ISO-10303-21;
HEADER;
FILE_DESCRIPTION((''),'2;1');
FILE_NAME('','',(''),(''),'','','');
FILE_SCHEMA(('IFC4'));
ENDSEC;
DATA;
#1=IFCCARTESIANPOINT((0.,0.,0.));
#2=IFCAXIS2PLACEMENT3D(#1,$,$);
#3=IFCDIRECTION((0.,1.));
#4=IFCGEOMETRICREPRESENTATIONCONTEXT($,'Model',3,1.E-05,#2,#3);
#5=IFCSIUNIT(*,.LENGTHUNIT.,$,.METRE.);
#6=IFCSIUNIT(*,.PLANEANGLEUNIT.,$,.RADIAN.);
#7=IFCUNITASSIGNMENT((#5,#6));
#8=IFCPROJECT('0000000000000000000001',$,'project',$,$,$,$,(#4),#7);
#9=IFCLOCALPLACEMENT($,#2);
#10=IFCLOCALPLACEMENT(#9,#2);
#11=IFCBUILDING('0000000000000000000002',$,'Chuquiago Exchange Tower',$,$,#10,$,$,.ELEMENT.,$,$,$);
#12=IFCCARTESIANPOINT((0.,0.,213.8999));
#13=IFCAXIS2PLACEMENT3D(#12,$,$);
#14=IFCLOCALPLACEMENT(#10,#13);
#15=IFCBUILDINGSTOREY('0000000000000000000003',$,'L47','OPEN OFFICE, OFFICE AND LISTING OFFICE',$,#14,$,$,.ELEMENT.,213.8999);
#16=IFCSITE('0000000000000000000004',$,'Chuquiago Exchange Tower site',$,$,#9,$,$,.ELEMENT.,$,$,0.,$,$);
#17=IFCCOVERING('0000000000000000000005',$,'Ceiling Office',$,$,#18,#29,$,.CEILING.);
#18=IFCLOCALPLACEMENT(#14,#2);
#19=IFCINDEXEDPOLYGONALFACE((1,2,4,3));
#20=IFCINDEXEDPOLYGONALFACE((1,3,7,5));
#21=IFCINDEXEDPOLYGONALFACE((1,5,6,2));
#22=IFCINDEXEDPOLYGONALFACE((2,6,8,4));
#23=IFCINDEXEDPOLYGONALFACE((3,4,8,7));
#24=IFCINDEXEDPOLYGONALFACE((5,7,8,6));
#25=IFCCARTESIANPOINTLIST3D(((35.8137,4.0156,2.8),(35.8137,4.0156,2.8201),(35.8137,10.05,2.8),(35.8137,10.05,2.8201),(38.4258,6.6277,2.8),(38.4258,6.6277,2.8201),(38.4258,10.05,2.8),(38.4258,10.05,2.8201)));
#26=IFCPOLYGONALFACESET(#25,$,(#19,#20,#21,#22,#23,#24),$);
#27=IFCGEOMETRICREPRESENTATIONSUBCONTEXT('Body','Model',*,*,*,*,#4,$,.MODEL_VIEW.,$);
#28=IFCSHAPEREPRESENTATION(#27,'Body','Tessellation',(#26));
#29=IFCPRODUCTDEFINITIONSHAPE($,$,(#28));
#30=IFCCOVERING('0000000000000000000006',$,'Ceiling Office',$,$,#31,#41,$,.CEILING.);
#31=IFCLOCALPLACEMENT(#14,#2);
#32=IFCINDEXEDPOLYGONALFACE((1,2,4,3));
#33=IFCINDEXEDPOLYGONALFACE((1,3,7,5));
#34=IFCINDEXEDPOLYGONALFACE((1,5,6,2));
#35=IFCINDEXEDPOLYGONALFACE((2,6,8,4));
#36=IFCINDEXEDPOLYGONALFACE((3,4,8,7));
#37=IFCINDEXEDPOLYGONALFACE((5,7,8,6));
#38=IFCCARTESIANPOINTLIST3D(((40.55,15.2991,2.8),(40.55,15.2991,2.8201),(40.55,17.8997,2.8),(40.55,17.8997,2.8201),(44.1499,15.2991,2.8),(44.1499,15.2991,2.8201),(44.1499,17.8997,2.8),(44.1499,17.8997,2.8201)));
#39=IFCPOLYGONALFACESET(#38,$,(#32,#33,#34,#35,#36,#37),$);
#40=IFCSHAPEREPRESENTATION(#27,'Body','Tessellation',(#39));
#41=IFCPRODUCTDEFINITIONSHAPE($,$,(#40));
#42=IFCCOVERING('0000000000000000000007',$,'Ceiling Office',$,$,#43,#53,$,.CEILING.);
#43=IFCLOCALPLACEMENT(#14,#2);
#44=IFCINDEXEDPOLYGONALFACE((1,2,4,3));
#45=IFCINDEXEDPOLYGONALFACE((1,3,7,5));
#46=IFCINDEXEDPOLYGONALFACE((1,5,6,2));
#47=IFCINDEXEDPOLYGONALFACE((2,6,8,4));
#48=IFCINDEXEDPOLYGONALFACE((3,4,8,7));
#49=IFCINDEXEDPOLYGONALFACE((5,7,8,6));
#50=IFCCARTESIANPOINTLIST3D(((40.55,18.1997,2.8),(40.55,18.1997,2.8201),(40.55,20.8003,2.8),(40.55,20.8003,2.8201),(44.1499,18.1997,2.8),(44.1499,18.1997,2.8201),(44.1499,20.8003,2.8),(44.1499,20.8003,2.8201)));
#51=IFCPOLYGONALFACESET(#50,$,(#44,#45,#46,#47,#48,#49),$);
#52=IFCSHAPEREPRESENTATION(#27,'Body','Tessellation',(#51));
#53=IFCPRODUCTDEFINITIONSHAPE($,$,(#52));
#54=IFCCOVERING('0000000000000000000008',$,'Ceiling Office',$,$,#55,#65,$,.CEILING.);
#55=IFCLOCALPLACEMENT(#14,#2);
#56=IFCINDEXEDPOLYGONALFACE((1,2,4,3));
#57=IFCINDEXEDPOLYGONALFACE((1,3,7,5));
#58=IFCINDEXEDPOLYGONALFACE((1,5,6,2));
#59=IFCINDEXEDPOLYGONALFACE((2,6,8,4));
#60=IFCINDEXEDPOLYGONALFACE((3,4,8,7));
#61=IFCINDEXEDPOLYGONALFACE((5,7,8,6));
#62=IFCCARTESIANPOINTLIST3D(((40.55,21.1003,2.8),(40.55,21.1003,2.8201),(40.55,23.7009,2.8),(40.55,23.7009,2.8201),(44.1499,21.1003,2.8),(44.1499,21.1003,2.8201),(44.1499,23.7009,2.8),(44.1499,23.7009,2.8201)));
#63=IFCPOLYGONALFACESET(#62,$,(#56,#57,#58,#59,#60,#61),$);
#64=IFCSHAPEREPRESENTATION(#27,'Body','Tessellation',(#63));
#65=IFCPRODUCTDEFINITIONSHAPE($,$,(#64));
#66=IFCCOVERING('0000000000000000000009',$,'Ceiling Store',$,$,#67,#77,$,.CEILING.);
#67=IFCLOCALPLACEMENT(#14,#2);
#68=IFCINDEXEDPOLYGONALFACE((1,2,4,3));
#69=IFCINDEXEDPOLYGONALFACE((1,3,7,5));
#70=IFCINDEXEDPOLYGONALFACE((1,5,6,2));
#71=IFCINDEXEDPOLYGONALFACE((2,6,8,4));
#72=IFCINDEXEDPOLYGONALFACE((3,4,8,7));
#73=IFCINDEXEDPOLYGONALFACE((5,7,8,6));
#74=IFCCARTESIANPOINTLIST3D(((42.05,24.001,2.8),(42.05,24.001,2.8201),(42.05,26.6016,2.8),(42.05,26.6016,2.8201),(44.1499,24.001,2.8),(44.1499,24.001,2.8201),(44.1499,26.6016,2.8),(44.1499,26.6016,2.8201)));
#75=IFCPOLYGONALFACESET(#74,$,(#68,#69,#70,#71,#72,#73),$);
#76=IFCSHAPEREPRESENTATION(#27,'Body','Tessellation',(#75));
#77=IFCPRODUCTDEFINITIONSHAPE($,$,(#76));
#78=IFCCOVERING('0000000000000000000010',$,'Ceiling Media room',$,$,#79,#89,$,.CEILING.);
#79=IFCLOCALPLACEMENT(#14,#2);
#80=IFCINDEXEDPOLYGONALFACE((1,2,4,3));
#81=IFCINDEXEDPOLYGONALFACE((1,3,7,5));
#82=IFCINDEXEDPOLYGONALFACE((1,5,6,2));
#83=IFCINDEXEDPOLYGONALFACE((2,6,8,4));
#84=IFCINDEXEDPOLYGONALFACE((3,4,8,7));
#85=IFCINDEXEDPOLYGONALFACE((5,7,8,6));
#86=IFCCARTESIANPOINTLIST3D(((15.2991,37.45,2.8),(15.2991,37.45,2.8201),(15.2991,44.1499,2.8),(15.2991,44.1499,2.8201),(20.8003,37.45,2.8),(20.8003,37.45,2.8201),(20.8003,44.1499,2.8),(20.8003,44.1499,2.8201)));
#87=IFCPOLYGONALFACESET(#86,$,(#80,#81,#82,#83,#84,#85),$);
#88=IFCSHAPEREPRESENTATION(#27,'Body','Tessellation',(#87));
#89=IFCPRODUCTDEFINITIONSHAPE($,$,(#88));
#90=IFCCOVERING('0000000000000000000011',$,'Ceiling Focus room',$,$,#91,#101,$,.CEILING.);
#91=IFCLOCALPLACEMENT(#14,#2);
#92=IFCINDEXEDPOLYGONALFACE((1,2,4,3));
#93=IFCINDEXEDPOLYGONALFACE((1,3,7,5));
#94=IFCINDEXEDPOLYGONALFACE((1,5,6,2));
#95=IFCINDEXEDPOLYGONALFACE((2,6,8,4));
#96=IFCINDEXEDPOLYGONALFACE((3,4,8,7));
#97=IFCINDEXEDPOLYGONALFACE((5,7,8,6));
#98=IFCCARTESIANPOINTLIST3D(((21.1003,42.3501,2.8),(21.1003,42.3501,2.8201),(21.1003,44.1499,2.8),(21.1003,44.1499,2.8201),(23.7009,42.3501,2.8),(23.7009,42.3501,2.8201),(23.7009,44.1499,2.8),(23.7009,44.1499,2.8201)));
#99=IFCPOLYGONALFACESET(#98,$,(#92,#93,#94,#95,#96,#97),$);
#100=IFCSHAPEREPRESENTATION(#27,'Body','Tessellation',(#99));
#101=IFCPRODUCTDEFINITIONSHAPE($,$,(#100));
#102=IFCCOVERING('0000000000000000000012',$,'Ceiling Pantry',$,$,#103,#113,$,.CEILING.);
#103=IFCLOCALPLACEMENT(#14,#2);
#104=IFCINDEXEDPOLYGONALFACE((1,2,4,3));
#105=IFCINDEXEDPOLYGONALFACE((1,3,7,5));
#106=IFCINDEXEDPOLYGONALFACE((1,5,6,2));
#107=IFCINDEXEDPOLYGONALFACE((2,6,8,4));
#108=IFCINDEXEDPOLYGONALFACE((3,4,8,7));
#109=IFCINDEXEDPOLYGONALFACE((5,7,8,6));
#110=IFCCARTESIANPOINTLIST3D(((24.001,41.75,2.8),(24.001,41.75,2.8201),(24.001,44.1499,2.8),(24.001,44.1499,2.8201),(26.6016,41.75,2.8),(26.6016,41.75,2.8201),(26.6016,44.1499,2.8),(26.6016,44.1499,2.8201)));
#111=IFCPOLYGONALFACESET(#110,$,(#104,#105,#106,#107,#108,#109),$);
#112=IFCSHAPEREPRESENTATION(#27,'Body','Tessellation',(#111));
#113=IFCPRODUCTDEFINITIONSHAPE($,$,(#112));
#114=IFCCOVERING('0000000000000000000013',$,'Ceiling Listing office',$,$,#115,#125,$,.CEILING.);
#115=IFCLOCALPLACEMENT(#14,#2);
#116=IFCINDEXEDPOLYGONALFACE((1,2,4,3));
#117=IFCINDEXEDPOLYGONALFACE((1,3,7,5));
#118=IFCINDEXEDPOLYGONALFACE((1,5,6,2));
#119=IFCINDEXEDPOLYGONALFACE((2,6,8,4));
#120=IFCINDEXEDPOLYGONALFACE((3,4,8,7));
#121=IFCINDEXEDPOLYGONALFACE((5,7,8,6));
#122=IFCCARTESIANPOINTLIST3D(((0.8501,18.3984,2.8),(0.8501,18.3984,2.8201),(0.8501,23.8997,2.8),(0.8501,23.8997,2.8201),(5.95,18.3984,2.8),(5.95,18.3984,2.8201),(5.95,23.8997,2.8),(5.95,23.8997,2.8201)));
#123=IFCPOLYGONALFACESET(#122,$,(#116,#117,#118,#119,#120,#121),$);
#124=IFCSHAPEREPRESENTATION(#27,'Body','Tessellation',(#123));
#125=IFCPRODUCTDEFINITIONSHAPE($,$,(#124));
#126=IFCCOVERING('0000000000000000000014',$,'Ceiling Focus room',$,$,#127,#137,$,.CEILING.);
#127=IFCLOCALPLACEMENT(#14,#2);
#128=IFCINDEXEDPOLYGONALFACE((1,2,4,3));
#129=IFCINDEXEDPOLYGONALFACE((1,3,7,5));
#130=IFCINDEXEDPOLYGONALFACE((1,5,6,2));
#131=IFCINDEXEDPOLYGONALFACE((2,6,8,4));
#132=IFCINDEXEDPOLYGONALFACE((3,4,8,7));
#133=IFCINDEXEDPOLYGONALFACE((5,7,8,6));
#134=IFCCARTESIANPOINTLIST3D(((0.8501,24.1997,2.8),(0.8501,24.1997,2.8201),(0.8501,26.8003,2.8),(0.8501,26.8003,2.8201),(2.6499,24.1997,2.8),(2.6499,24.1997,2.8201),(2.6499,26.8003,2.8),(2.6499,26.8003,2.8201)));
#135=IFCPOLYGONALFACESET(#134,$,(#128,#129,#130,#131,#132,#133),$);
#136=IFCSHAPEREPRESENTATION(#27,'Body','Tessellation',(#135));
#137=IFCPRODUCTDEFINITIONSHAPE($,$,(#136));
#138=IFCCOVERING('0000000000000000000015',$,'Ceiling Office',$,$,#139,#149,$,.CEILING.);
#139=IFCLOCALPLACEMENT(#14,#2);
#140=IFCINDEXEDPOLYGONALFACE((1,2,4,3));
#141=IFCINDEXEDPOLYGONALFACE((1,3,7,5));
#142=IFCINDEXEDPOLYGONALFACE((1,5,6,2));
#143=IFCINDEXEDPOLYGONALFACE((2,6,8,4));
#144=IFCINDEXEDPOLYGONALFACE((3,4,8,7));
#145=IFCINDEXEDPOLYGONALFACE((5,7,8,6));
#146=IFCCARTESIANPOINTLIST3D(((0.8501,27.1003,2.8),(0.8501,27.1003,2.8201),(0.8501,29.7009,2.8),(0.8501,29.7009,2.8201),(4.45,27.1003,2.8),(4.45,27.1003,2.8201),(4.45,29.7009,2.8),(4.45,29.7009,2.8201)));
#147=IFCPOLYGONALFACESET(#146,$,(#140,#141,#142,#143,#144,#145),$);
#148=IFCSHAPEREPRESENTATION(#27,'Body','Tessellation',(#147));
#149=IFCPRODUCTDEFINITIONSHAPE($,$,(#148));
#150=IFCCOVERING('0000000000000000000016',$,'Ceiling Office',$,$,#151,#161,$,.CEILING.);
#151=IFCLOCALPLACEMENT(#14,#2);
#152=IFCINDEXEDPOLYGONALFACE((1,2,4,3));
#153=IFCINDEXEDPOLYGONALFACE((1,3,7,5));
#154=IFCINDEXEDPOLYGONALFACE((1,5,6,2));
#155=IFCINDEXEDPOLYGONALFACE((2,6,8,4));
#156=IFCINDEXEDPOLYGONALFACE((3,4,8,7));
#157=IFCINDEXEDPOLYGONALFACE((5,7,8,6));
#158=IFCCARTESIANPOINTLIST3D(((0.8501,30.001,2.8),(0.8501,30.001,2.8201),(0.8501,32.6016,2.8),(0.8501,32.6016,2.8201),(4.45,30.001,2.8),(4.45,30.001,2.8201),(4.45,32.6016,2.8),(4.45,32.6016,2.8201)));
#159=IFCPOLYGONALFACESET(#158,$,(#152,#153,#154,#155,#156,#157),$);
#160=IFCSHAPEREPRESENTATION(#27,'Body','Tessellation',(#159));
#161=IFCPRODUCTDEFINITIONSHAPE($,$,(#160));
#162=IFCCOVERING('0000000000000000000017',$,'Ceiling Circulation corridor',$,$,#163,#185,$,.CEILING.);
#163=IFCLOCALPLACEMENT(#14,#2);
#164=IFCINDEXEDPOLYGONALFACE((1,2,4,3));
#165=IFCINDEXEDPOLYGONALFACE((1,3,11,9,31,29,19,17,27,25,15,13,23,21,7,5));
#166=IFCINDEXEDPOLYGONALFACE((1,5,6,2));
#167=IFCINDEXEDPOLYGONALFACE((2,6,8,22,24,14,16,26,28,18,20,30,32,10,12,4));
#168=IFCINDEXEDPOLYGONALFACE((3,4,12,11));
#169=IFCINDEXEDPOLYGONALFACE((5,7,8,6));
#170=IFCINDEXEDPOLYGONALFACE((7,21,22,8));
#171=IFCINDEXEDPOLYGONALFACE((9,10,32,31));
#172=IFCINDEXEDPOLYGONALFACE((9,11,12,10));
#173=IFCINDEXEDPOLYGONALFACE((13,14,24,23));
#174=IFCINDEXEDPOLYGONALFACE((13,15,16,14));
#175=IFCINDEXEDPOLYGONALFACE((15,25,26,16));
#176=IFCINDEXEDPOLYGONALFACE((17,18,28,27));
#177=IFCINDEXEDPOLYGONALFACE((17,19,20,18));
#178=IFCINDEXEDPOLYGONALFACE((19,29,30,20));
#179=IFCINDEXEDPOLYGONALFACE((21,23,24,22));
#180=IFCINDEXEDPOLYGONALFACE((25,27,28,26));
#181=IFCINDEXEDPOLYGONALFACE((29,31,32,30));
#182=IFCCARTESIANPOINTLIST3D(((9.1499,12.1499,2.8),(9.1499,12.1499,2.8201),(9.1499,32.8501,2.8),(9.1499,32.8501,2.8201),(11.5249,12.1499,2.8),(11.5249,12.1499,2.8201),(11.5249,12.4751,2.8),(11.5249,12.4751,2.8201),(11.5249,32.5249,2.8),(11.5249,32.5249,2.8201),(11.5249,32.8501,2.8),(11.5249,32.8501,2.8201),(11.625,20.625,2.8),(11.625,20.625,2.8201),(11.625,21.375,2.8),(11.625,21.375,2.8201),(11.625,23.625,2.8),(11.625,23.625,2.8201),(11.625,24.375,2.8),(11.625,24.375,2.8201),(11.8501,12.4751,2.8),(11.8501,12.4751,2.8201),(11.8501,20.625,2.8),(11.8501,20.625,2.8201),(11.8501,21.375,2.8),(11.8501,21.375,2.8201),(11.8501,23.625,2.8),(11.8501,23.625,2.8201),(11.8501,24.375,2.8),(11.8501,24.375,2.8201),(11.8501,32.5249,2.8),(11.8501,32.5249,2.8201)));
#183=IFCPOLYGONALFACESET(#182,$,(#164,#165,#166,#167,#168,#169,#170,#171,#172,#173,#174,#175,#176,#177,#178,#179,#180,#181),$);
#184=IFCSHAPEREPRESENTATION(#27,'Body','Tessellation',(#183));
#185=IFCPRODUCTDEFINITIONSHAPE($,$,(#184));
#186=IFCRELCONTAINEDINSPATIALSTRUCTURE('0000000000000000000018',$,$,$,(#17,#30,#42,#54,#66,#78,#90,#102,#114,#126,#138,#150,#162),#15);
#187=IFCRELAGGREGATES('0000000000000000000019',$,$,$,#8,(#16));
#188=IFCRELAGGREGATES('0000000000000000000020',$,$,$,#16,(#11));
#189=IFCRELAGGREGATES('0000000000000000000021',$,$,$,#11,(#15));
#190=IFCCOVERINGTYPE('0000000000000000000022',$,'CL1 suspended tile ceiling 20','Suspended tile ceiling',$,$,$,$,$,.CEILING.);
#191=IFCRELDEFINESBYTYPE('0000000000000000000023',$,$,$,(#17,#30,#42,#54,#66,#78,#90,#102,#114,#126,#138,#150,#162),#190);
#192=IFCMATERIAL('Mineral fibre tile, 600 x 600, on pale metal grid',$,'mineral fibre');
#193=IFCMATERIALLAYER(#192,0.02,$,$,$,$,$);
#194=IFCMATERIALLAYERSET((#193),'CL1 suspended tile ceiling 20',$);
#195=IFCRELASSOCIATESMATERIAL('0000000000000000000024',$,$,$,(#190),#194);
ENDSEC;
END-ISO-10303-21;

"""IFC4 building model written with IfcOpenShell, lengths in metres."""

from ifc_helpers import new_model, si_unit, direction, frame, origin, place, context, subcontext, project, spatial, polyline, outline, extrude, material, layer, layer_set, type_object, element, save


model = new_model("IFC4")

# Units and contexts
model_context = context("Model", 3, precision=1e-05, world=origin(), true_north=direction((0.0, 1.0)))
body_context = subcontext(model_context, "Body", "Model", "MODEL_VIEW")
ifc_project = project(units=[si_unit("LENGTHUNIT", "METRE"), si_unit("PLANEANGLEUNIT", "RADIAN")], contexts=[model_context])

# Site, building, storey
site_placement = place(None, origin())
site = spatial("IfcSite", under=ifc_project, at=site_placement, Name="Chuquiago Exchange Tower site", CompositionType="ELEMENT", RefElevation=0.0)
building_placement = place(site_placement, origin())
building = spatial("IfcBuilding", under=site, at=building_placement, Name="Chuquiago Exchange Tower", CompositionType="ELEMENT")
storey_placement = place(building_placement, frame((0.0, 0.0, 213.8999)))
storey = spatial("IfcBuildingStorey", under=building, at=storey_placement, Name="L47", Description="OPEN OFFICE, OFFICE AND LISTING OFFICE", CompositionType="ELEMENT", Elevation=213.8999)

# Coverings
ifc_material_1 = material(Name="Mineral fibre tile, 600 x 600, on pale metal grid", Category="mineral fibre")
ifc_layer_1 = layer(ifc_material_1, 0.02)
ifc_layer_set_1 = layer_set([ifc_layer_1], Name="CL1 suspended tile ceiling 20")
covering_type_1 = type_object("IfcCoveringType", Name="CL1 suspended tile ceiling 20", Description="Suspended tile ceiling", PredefinedType="CEILING", material=ifc_layer_set_1)
covering_1_placement = place(storey_placement, frame((0.0, 0.0, 2.8)))
element("IfcCovering", 1, at=covering_1_placement, inside=storey, type_object=covering_type_1, Name="Ceiling Office", PredefinedType="CEILING", context=body_context, shape_type="SweptSolid", body=[
    extrude(outline(polyline([(35.8137, 10.05), (38.4258, 10.05), (38.4258, 6.6277), (35.8137, 4.0156), (35.8137, 10.05)])), origin(), (0.0, 0.0, 1.0), 0.02),
])
covering_2_placement = place(storey_placement, frame((0.0, 0.0, 2.8)))
element("IfcCovering", 2, at=covering_2_placement, inside=storey, type_object=covering_type_1, Name="Ceiling Office", PredefinedType="CEILING", context=body_context, shape_type="SweptSolid", body=[
    extrude(outline(polyline([(40.55, 15.2991), (40.55, 17.8997), (44.1499, 17.8997), (44.1499, 15.2991), (40.55, 15.2991)])), origin(), (0.0, 0.0, 1.0), 0.02),
])
covering_3_placement = place(storey_placement, frame((0.0, 0.0, 2.8)))
element("IfcCovering", 3, at=covering_3_placement, inside=storey, type_object=covering_type_1, Name="Ceiling Office", PredefinedType="CEILING", context=body_context, shape_type="SweptSolid", body=[
    extrude(outline(polyline([(40.55, 18.1997), (40.55, 20.8003), (44.1499, 20.8003), (44.1499, 18.1997), (40.55, 18.1997)])), origin(), (0.0, 0.0, 1.0), 0.02),
])
covering_4_placement = place(storey_placement, frame((0.0, 0.0, 2.8)))
element("IfcCovering", 4, at=covering_4_placement, inside=storey, type_object=covering_type_1, Name="Ceiling Office", PredefinedType="CEILING", context=body_context, shape_type="SweptSolid", body=[
    extrude(outline(polyline([(40.55, 21.1003), (40.55, 23.7009), (44.1499, 23.7009), (44.1499, 21.1003), (40.55, 21.1003)])), origin(), (0.0, 0.0, 1.0), 0.02),
])
covering_5_placement = place(storey_placement, frame((0.0, 0.0, 2.8)))
element("IfcCovering", 5, at=covering_5_placement, inside=storey, type_object=covering_type_1, Name="Ceiling Store", PredefinedType="CEILING", context=body_context, shape_type="SweptSolid", body=[
    extrude(outline(polyline([(44.1499, 24.001), (42.05, 24.001), (42.05, 26.6016), (44.1499, 26.6016), (44.1499, 24.001)])), origin(), (0.0, 0.0, 1.0), 0.02),
])
covering_6_placement = place(storey_placement, frame((0.0, 0.0, 2.8)))
element("IfcCovering", 6, at=covering_6_placement, inside=storey, type_object=covering_type_1, Name="Ceiling Media room", PredefinedType="CEILING", context=body_context, shape_type="SweptSolid", body=[
    extrude(outline(polyline([(20.8003, 37.45), (15.2991, 37.45), (15.2991, 44.1499), (20.8003, 44.1499), (20.8003, 37.45)])), origin(), (0.0, 0.0, 1.0), 0.02),
])
covering_7_placement = place(storey_placement, frame((0.0, 0.0, 2.8)))
element("IfcCovering", 7, at=covering_7_placement, inside=storey, type_object=covering_type_1, Name="Ceiling Focus room", PredefinedType="CEILING", context=body_context, shape_type="SweptSolid", body=[
    extrude(outline(polyline([(23.7009, 42.3501), (21.1003, 42.3501), (21.1003, 44.1499), (23.7009, 44.1499), (23.7009, 42.3501)])), origin(), (0.0, 0.0, 1.0), 0.02),
])
covering_8_placement = place(storey_placement, frame((0.0, 0.0, 2.8)))
element("IfcCovering", 8, at=covering_8_placement, inside=storey, type_object=covering_type_1, Name="Ceiling Pantry", PredefinedType="CEILING", context=body_context, shape_type="SweptSolid", body=[
    extrude(outline(polyline([(26.6016, 41.75), (24.001, 41.75), (24.001, 44.1499), (26.6016, 44.1499), (26.6016, 41.75)])), origin(), (0.0, 0.0, 1.0), 0.02),
])
covering_9_placement = place(storey_placement, frame((0.0, 0.0, 2.8)))
element("IfcCovering", 9, at=covering_9_placement, inside=storey, type_object=covering_type_1, Name="Ceiling Listing office", PredefinedType="CEILING", context=body_context, shape_type="SweptSolid", body=[
    extrude(outline(polyline([(0.8501, 23.8997), (5.95, 23.8997), (5.95, 18.3984), (0.8501, 18.3984), (0.8501, 23.8997)])), origin(), (0.0, 0.0, 1.0), 0.02),
])
covering_10_placement = place(storey_placement, frame((0.0, 0.0, 2.8)))
element("IfcCovering", 10, at=covering_10_placement, inside=storey, type_object=covering_type_1, Name="Ceiling Focus room", PredefinedType="CEILING", context=body_context, shape_type="SweptSolid", body=[
    extrude(outline(polyline([(2.6499, 26.8003), (2.6499, 24.1997), (0.8501, 24.1997), (0.8501, 26.8003), (2.6499, 26.8003)])), origin(), (0.0, 0.0, 1.0), 0.02),
])
covering_11_placement = place(storey_placement, frame((0.0, 0.0, 2.8)))
element("IfcCovering", 11, at=covering_11_placement, inside=storey, type_object=covering_type_1, Name="Ceiling Office", PredefinedType="CEILING", context=body_context, shape_type="SweptSolid", body=[
    extrude(outline(polyline([(4.45, 29.7009), (4.45, 27.1003), (0.8501, 27.1003), (0.8501, 29.7009), (4.45, 29.7009)])), origin(), (0.0, 0.0, 1.0), 0.02),
])
covering_12_placement = place(storey_placement, frame((0.0, 0.0, 2.8)))
element("IfcCovering", 12, at=covering_12_placement, inside=storey, type_object=covering_type_1, Name="Ceiling Office", PredefinedType="CEILING", context=body_context, shape_type="SweptSolid", body=[
    extrude(outline(polyline([(4.45, 32.6016), (4.45, 30.001), (0.8501, 30.001), (0.8501, 32.6016), (4.45, 32.6016)])), origin(), (0.0, 0.0, 1.0), 0.02),
])
covering_13_placement = place(storey_placement, frame((0.0, 0.0, 2.8)))
element("IfcCovering", 13, at=covering_13_placement, inside=storey, type_object=covering_type_1, Name="Ceiling Circulation corridor", PredefinedType="CEILING", context=body_context, shape_type="SweptSolid", body=[
    extrude(outline(polyline([(9.1499, 12.1499), (9.1499, 32.8501), (11.5249, 32.8501), (11.5249, 32.5249), (11.8501, 32.5249), (11.8501, 24.375), (11.625, 24.375), (11.625, 23.625), (11.8501, 23.625), (11.8501, 21.375), (11.625, 21.375), (11.625, 20.625), (11.8501, 20.625), (11.8501, 12.4751), (11.5249, 12.4751), (11.5249, 12.1499), (9.1499, 12.1499)])), origin(), (0.0, 0.0, 1.0), 0.02),
])

save(model, "model.ifc")
